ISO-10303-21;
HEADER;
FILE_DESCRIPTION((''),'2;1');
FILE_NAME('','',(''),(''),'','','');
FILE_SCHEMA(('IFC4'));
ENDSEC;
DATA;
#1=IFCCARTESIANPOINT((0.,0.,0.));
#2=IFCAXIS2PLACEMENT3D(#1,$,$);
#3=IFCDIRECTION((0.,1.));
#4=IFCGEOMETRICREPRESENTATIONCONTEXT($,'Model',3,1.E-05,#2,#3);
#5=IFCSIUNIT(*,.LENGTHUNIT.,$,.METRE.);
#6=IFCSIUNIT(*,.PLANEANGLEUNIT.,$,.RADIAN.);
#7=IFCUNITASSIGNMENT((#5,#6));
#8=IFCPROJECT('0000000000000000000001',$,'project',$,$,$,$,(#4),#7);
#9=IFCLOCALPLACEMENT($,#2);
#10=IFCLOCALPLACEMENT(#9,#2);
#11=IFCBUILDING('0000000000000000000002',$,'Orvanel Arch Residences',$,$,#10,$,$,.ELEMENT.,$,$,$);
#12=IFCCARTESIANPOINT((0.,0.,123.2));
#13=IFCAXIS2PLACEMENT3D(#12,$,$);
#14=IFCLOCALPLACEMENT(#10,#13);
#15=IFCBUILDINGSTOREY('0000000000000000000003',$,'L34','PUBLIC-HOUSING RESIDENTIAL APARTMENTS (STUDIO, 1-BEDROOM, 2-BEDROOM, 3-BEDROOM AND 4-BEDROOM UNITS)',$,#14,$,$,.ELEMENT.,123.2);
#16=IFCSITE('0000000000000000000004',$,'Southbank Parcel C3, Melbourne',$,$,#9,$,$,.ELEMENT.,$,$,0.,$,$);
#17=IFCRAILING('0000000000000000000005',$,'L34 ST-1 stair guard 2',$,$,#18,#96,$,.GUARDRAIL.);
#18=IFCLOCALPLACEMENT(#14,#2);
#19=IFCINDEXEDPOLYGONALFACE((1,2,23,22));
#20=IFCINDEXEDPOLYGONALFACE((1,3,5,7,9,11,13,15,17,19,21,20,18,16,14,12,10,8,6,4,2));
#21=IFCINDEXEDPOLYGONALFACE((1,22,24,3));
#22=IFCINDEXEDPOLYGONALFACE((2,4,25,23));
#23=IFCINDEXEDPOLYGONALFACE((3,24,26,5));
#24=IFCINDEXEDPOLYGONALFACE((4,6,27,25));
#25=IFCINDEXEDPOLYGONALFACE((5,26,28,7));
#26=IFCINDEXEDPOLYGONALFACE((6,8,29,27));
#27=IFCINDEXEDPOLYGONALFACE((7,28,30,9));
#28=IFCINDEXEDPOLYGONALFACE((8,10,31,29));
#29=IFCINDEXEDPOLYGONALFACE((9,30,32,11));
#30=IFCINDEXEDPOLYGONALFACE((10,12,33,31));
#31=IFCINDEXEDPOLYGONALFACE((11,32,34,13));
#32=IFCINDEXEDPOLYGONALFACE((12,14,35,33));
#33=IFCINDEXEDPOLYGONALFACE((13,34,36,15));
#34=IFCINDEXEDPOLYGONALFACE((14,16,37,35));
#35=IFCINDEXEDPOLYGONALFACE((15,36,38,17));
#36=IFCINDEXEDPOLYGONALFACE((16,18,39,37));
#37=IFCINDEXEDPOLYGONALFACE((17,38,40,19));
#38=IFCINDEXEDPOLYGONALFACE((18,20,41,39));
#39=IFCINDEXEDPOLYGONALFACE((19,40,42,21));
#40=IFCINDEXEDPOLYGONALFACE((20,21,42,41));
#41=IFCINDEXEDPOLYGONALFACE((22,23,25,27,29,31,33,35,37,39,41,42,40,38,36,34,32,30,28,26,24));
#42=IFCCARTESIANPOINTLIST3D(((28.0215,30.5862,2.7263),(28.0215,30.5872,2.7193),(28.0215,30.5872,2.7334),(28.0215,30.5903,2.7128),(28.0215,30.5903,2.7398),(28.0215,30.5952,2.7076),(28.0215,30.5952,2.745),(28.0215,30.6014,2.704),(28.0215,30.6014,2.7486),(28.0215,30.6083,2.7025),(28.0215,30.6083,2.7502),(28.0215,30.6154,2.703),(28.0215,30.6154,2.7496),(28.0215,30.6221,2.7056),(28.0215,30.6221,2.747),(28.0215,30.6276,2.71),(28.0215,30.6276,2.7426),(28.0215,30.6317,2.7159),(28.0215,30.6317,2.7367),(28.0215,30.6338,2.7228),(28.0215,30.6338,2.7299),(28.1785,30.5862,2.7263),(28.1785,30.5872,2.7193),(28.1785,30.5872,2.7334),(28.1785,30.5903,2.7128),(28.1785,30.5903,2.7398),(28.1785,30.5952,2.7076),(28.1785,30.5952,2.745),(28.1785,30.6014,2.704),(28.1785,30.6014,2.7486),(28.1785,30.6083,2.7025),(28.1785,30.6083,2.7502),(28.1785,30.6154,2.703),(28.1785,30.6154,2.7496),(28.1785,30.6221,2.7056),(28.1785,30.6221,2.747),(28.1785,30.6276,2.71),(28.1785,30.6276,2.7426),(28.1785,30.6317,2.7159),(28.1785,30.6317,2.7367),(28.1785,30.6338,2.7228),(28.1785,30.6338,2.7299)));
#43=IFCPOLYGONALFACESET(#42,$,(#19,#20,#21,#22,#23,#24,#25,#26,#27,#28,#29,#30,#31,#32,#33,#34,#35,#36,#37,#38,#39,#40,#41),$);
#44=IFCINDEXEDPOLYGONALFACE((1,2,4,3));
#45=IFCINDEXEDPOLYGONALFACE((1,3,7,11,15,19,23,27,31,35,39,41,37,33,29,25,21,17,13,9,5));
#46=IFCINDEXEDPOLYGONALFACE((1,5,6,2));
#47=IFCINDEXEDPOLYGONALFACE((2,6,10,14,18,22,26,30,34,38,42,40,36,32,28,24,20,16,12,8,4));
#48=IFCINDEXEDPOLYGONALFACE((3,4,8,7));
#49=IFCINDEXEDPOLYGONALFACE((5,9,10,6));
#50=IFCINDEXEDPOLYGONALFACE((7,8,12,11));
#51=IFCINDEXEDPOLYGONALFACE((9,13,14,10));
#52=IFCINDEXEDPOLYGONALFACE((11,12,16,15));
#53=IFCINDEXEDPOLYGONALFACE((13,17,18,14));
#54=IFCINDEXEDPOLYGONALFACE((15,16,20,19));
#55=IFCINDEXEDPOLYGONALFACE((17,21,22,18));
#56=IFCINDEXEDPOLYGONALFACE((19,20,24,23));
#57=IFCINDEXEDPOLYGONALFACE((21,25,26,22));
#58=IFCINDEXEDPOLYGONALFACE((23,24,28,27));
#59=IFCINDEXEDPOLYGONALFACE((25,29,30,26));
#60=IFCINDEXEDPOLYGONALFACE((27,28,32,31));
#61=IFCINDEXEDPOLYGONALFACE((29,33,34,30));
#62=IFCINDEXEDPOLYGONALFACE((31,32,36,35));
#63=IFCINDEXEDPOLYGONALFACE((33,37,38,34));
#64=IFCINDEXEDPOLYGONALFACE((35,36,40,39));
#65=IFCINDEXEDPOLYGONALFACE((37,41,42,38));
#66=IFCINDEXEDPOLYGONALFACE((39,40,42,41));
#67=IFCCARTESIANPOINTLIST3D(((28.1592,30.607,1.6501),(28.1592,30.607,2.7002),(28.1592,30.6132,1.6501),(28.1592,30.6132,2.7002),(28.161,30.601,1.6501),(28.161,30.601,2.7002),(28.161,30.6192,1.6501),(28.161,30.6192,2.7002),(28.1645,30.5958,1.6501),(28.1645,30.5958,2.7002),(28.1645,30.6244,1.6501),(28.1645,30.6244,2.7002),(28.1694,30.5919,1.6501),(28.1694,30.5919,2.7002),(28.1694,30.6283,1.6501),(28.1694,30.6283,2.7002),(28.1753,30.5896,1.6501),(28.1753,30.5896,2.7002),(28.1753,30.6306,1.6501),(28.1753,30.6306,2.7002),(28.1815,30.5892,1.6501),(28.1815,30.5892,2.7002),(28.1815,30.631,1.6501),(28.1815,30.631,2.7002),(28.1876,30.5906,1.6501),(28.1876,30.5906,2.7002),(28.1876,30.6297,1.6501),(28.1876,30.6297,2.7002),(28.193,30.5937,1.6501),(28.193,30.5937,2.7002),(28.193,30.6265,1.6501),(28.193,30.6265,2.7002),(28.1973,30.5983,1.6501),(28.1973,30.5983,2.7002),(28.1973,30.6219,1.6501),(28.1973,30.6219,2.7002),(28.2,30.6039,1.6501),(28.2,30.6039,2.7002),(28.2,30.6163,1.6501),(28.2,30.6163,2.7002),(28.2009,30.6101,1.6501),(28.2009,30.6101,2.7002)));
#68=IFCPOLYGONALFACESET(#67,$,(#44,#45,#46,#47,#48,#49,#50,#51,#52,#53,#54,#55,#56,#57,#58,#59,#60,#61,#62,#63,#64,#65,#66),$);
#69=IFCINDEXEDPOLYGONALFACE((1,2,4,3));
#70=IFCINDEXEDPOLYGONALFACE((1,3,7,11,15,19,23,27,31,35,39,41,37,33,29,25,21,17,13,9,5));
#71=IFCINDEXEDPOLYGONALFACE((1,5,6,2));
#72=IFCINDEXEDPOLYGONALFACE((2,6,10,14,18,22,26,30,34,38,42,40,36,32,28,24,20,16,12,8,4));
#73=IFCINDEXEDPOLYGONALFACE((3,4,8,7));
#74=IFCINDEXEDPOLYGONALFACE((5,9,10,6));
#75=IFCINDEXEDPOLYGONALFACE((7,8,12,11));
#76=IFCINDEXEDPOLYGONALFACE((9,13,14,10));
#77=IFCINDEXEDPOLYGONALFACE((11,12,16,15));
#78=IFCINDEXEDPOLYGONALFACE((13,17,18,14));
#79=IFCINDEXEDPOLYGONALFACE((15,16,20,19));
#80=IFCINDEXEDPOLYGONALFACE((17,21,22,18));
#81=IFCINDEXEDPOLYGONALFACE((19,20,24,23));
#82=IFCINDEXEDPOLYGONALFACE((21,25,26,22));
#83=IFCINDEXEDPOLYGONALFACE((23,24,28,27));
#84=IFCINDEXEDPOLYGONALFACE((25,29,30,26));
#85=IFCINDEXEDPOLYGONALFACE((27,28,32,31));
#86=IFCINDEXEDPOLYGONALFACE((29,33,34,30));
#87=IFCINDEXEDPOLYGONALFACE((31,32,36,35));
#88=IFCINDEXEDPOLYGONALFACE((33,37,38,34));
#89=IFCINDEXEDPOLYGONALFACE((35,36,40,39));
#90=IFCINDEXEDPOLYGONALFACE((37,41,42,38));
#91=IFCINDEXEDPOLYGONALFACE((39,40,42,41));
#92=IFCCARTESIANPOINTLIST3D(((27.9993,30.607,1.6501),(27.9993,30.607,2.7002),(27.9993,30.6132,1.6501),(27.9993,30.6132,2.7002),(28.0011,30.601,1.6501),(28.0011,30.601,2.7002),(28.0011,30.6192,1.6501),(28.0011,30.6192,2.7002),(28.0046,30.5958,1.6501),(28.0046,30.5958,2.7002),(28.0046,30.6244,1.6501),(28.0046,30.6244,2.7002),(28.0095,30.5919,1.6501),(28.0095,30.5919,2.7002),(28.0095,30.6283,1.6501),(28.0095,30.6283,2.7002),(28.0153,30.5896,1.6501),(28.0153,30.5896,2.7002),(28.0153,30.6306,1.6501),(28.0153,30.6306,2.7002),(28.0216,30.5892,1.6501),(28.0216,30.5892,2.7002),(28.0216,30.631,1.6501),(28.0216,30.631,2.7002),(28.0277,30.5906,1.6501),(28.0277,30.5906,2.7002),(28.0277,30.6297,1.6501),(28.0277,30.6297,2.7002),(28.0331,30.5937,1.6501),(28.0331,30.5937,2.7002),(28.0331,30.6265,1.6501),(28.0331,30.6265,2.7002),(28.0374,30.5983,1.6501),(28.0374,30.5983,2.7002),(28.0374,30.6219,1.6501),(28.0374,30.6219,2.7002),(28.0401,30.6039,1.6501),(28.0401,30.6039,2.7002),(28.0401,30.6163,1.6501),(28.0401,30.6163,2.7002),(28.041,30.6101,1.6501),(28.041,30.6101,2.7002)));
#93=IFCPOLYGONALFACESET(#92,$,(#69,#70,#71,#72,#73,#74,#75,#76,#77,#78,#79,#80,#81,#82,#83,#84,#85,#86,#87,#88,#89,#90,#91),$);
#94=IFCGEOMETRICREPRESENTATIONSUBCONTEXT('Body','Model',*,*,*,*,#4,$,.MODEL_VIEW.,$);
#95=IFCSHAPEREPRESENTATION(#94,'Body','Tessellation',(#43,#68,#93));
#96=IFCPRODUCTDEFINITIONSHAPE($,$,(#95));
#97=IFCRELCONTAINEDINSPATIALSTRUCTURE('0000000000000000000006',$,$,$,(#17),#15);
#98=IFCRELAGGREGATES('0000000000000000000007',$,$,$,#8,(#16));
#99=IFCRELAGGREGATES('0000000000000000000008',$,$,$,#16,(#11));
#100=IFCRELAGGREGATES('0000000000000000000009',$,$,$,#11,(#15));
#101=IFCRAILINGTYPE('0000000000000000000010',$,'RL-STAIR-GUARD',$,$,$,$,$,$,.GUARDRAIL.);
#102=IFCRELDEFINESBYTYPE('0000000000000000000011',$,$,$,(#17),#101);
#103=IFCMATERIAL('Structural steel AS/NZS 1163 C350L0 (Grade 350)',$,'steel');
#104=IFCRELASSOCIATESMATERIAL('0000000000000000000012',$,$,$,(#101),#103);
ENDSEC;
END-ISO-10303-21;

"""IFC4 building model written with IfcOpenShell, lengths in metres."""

from ifc_helpers import new_model, si_unit, direction, frame, origin, origin_2d, place, context, subcontext, project, spatial, circle, extrude, material, type_object, element, save


model = new_model("IFC4")

# Units and contexts
model_context = context("Model", 3, precision=1e-05, world=origin(), true_north=direction((0.0, 1.0)))
body_context = subcontext(model_context, "Body", "Model", "MODEL_VIEW")
ifc_project = project(units=[si_unit("LENGTHUNIT", "METRE"), si_unit("PLANEANGLEUNIT", "RADIAN")], contexts=[model_context])

# Site, building, storey
site_placement = place(None, origin())
site = spatial("IfcSite", under=ifc_project, at=site_placement, Name="Southbank Parcel C3, Melbourne", CompositionType="ELEMENT", RefElevation=0.0)
building_placement = place(site_placement, origin())
building = spatial("IfcBuilding", under=site, at=building_placement, Name="Orvanel Arch Residences", CompositionType="ELEMENT")
storey_placement = place(building_placement, frame((0.0, 0.0, 123.2)))
storey = spatial("IfcBuildingStorey", under=building, at=storey_placement, Name="L34", Description="PUBLIC-HOUSING RESIDENTIAL APARTMENTS (STUDIO, 1-BEDROOM, 2-BEDROOM, 3-BEDROOM AND 4-BEDROOM UNITS)", CompositionType="ELEMENT", Elevation=123.2)

# Railing
ifc_material_1 = material(Name="Structural steel AS/NZS 1163 C350L0 (Grade 350)", Category="steel")
railing_type_1 = type_object("IfcRailingType", Name="RL-STAIR-GUARD", PredefinedType="GUARDRAIL", material=ifc_material_1)
railing_1_placement = place(storey_placement, frame((28.1799, 30.6101, 1.6501)))
element("IfcRailing", 1, at=railing_1_placement, inside=storey, type_object=railing_type_1, Name="L34 ST-1 stair guard 2", PredefinedType="GUARDRAIL", context=body_context, shape_type="SweptSolid", body=[
    extrude(circle(Radius=0.0239, at=origin_2d()), frame((-0.0015, 0.0, 1.0762), z_axis=(-1.0, 0.0, 0.0), x_axis=(0.0, -1.0, 0.0)), (0.0, 0.0, 1.0), 0.157),
    extrude(circle(Radius=0.021, at=origin_2d()), origin(), (0.0, 0.0, 1.0), 1.05),
    extrude(circle(Radius=0.021, at=origin_2d()), frame((-0.1599, 0.0, 0.0)), (0.0, 0.0, 1.0), 1.05),
])

save(model, "model.ifc")
